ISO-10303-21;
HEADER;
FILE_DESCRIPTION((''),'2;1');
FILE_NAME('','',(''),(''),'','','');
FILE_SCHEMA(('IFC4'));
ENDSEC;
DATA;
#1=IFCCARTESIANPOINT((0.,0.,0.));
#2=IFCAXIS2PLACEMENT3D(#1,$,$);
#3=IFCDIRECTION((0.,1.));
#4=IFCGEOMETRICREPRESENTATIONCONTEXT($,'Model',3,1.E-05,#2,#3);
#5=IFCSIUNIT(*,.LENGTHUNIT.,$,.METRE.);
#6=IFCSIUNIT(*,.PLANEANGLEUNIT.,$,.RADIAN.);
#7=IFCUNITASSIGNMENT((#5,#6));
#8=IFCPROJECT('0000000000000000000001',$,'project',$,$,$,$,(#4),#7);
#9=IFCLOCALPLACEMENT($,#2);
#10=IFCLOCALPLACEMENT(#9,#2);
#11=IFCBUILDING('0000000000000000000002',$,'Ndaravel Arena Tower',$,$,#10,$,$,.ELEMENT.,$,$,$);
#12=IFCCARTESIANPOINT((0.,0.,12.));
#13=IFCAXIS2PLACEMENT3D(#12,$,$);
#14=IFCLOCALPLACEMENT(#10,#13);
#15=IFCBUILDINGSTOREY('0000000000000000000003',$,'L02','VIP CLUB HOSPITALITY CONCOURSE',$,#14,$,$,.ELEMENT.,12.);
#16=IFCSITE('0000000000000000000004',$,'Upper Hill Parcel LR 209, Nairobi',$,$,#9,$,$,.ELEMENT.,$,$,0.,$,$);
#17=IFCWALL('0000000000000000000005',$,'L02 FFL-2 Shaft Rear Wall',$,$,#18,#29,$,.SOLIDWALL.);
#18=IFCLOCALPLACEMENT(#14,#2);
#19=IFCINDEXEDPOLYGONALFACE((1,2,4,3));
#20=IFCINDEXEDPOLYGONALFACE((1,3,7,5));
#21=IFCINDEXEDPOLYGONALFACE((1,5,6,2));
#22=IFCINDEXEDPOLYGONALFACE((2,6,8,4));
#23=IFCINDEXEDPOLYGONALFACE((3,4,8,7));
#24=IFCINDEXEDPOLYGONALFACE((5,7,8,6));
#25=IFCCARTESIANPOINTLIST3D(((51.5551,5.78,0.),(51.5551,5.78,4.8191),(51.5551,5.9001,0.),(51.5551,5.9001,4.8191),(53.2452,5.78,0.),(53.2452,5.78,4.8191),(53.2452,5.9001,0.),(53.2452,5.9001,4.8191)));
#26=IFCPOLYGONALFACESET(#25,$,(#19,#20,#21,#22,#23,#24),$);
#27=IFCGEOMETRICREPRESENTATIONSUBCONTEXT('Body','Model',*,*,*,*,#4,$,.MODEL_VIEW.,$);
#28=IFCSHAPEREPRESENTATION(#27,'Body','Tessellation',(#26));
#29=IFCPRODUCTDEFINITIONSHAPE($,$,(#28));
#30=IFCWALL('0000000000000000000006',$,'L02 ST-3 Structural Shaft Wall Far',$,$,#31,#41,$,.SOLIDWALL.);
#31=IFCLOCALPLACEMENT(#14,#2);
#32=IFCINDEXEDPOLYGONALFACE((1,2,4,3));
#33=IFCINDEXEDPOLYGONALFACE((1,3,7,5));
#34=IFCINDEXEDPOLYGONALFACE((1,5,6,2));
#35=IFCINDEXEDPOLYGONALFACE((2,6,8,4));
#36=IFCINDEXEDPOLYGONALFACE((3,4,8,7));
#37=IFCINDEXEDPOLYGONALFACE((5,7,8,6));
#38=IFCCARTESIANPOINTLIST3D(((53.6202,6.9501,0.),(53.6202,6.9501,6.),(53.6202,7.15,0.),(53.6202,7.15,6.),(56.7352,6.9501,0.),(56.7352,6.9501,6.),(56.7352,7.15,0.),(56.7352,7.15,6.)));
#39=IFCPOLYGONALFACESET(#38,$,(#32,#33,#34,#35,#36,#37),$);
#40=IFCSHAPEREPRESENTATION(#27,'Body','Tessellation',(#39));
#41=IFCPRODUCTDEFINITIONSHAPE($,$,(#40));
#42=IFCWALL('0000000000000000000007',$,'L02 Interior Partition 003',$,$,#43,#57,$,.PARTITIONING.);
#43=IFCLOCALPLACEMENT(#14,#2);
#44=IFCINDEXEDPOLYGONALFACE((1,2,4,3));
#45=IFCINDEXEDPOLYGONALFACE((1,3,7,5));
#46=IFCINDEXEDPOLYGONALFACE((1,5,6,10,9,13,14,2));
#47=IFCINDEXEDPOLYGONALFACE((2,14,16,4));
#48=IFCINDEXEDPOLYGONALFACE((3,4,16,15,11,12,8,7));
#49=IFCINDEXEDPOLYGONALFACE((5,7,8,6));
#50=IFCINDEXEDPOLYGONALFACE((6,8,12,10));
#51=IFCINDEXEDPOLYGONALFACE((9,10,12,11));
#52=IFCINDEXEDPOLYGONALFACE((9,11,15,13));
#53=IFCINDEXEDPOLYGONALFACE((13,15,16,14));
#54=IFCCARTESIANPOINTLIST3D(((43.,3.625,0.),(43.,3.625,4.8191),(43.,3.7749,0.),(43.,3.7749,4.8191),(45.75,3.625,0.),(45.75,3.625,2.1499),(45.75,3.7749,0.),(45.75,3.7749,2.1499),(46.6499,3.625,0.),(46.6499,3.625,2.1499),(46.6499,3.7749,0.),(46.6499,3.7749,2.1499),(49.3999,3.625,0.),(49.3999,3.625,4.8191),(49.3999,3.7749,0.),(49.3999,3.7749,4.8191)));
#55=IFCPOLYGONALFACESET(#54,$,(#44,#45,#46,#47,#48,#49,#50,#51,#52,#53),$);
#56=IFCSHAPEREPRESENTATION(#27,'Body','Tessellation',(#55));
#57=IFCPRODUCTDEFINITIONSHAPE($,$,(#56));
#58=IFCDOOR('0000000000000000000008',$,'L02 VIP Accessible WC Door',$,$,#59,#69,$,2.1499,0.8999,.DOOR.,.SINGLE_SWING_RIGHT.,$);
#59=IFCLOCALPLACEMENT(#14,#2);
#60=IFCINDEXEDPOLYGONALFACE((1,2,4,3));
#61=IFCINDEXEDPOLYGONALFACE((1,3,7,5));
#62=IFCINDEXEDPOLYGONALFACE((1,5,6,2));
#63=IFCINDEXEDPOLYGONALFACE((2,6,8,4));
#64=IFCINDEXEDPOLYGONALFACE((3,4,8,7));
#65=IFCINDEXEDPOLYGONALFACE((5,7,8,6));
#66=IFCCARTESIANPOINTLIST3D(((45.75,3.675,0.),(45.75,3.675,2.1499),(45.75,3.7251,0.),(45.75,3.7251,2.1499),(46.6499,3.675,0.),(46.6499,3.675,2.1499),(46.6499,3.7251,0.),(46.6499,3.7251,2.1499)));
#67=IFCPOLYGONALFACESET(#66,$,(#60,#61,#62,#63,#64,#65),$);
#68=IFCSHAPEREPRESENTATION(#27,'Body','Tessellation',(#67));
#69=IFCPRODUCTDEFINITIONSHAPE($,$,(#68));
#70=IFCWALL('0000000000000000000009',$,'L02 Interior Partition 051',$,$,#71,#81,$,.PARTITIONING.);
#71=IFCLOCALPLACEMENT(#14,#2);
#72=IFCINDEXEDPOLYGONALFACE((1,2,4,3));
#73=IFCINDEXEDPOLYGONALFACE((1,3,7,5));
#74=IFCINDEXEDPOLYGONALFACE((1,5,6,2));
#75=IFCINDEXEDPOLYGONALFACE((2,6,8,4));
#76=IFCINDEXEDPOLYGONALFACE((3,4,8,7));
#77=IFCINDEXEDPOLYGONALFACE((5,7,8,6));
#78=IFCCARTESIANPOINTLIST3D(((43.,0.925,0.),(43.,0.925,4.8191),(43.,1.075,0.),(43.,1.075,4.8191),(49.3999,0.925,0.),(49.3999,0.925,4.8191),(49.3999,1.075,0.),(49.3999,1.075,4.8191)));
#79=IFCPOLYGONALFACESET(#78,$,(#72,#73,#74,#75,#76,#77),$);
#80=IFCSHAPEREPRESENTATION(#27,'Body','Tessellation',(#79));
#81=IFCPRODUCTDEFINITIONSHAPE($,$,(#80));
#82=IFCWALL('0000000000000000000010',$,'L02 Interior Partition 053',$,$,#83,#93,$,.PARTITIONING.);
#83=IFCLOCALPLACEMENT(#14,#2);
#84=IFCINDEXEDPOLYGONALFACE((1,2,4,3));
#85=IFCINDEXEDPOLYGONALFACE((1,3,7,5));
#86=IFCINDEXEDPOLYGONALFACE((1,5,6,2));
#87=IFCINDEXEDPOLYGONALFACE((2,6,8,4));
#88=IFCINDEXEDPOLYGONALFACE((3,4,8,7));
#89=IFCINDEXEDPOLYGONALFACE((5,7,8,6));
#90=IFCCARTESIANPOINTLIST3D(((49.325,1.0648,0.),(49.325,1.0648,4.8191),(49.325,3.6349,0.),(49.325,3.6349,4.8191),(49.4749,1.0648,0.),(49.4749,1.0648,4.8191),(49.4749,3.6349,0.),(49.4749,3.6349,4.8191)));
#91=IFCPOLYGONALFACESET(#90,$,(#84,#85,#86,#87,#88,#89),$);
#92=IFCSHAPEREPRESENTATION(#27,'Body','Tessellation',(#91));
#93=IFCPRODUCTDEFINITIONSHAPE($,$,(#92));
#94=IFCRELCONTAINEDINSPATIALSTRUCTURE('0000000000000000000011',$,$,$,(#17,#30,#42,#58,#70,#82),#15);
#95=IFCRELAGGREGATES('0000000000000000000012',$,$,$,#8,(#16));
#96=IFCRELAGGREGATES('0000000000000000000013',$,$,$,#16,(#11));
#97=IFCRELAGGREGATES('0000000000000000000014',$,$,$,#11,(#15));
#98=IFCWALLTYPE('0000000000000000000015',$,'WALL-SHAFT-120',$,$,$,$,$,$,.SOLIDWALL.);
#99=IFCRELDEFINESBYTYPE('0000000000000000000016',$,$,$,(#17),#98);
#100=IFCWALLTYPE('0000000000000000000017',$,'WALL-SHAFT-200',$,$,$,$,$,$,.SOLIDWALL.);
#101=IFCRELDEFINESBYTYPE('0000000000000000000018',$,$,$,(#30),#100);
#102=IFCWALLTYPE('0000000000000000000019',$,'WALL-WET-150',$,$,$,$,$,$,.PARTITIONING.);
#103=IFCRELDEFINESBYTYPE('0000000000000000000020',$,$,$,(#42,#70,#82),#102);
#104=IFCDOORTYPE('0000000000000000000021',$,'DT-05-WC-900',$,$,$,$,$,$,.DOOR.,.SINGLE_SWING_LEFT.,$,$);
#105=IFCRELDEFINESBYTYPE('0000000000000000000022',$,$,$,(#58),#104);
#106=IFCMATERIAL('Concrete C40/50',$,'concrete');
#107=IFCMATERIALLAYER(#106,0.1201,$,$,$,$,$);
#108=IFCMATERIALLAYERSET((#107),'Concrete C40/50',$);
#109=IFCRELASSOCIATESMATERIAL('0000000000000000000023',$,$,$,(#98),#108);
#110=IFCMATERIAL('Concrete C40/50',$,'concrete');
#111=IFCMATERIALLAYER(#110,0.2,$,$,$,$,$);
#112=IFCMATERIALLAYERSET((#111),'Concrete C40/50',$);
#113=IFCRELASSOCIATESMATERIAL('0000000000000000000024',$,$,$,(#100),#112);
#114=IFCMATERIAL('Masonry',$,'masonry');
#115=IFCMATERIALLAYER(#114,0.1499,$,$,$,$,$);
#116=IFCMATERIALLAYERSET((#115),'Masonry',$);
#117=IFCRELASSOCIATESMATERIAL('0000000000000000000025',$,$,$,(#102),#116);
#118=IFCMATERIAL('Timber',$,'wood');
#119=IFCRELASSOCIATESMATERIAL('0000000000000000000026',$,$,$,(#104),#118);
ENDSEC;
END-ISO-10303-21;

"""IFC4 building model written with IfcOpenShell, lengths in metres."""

from ifc_helpers import new_model, si_unit, direction, frame, frame_2d, origin, place, context, subcontext, project, spatial, rectangle, extrude, material, layer, layer_set, type_object, element, fill, save


model = new_model("IFC4")

# Units and contexts
model_context = context("Model", 3, precision=1e-05, world=origin(), true_north=direction((0.0, 1.0)))
body_context = subcontext(model_context, "Body", "Model", "MODEL_VIEW")
ifc_project = project(units=[si_unit("LENGTHUNIT", "METRE"), si_unit("PLANEANGLEUNIT", "RADIAN")], contexts=[model_context])

# Site, building, storey
site_placement = place(None, origin())
site = spatial("IfcSite", under=ifc_project, at=site_placement, Name="Upper Hill Parcel LR 209, Nairobi", CompositionType="ELEMENT", RefElevation=0.0)
building_placement = place(site_placement, origin())
building = spatial("IfcBuilding", under=site, at=building_placement, Name="Ndaravel Arena Tower", CompositionType="ELEMENT")
storey_placement = place(building_placement, frame((0.0, 0.0, 12.0)))
storey = spatial("IfcBuildingStorey", under=building, at=storey_placement, Name="L02", Description="VIP CLUB HOSPITALITY CONCOURSE", CompositionType="ELEMENT", Elevation=12.0)

# Walls
ifc_material_1 = material(Name="Concrete C40/50", Category="concrete")
ifc_layer_1 = layer(ifc_material_1, 0.1201)
ifc_layer_set_1 = layer_set([ifc_layer_1], Name="Concrete C40/50")
wall_type_1 = type_object("IfcWallType", Name="WALL-SHAFT-120", PredefinedType="SOLIDWALL", material=ifc_layer_set_1)
wall_1_placement = place(storey_placement, frame((51.5549, 5.8401, 0.0), z_axis=(0.0, 0.0, 1.0), x_axis=(1.0, 0.0, 0.0)))
element("IfcWall", 1, at=wall_1_placement, inside=storey, type_object=wall_type_1, Name="L02 FFL-2 Shaft Rear Wall", PredefinedType="SOLIDWALL", context=body_context, shape_type="SweptSolid", body=[
    extrude(rectangle(XDim=1.6902, YDim=0.1201, at=frame_2d((0.8452, 0.0))), origin(), (0.0, 0.0, 1.0), 4.8191),
])
ifc_material_2 = material(Name="Concrete C40/50", Category="concrete")
ifc_layer_2 = layer(ifc_material_2, 0.2)
ifc_layer_set_2 = layer_set([ifc_layer_2], Name="Concrete C40/50")
wall_type_2 = type_object("IfcWallType", Name="WALL-SHAFT-200", PredefinedType="SOLIDWALL", material=ifc_layer_set_2)
wall_2_placement = place(storey_placement, frame((53.6201, 7.05, 0.0), z_axis=(0.0, 0.0, 1.0), x_axis=(1.0, 0.0, 0.0)))
element("IfcWall", 2, at=wall_2_placement, inside=storey, type_object=wall_type_2, Name="L02 ST-3 Structural Shaft Wall Far", PredefinedType="SOLIDWALL", context=body_context, shape_type="SweptSolid", body=[
    extrude(rectangle(XDim=3.115, YDim=0.2, at=frame_2d((1.5576, 0.0))), origin(), (0.0, 0.0, 1.0), 6.0),
])

# Wall, opening, door
ifc_material_3 = material(Name="Masonry", Category="masonry")
ifc_layer_3 = layer(ifc_material_3, 0.1499)
ifc_layer_set_3 = layer_set([ifc_layer_3], Name="Masonry")
wall_type_3 = type_object("IfcWallType", Name="WALL-WET-150", PredefinedType="PARTITIONING", material=ifc_layer_set_3)
wall_3_placement = place(storey_placement, frame((49.3999, 3.7, 0.0), z_axis=(0.0, 0.0, 1.0), x_axis=(-1.0, 0.0, 0.0)))
wall_3 = element("IfcWall", 3, at=wall_3_placement, inside=storey, type_object=wall_type_3, Name="L02 Interior Partition 003", PredefinedType="PARTITIONING", context=body_context, shape_type="SweptSolid", body=[
    extrude(rectangle(XDim=6.3999, YDim=0.1499, at=frame_2d((3.2, 0.0))), origin(), (0.0, 0.0, 1.0), 4.8191),
])
opening_1_placement = place(wall_3_placement, frame((2.75, 0.0, 0.0)))
opening_1 = element("IfcOpeningElement", 4, at=opening_1_placement, cuts=wall_3, PredefinedType="OPENING", context=body_context, shape_type="SweptSolid", body=[
    extrude(rectangle(XDim=0.8999, YDim=2.1499, at=frame_2d((0.45, 1.075))), frame((0.0, 0.075, 0.0), z_axis=(0.0, -1.0, 0.0), x_axis=(1.0, 0.0, 0.0)), (0.0, 0.0, 1.0), 0.1499),
])
ifc_material_4 = material(Name="Timber", Category="wood")
door_type_1 = type_object("IfcDoorType", Name="DT-05-WC-900", OperationType="SINGLE_SWING_LEFT", PredefinedType="DOOR", material=ifc_material_4)
door_1_placement = place(opening_1_placement, origin())
door_1 = element("IfcDoor", 5, at=door_1_placement, inside=storey, type_object=door_type_1, Name="L02 VIP Accessible WC Door", OperationType="SINGLE_SWING_RIGHT", OverallHeight=2.1499, OverallWidth=0.8999, PredefinedType="DOOR", context=body_context, shape_type="SweptSolid", body=[
    extrude(rectangle(XDim=0.8999, YDim=2.1499, at=frame_2d((0.45, 1.075))), frame((0.0, 0.0249, 0.0), z_axis=(0.0, -1.0, 0.0), x_axis=(1.0, 0.0, 0.0)), (0.0, 0.0, 1.0), 0.05),
])
fill(opening_1, door_1)

# Walls
wall_4_placement = place(storey_placement, frame((49.3999, 1.0, 0.0), z_axis=(0.0, 0.0, 1.0), x_axis=(-1.0, 0.0, 0.0)))
element("IfcWall", 6, at=wall_4_placement, inside=storey, type_object=wall_type_3, Name="L02 Interior Partition 051", PredefinedType="PARTITIONING", context=body_context, shape_type="SweptSolid", body=[
    extrude(rectangle(XDim=6.3999, YDim=0.1499, at=frame_2d((3.2, 0.0))), origin(), (0.0, 0.0, 1.0), 4.8191),
])
wall_5_placement = place(storey_placement, frame((49.3999, 3.635, 0.0), z_axis=(0.0, 0.0, 1.0), x_axis=(0.0, -1.0, 0.0)))
element("IfcWall", 7, at=wall_5_placement, inside=storey, type_object=wall_type_3, Name="L02 Interior Partition 053", PredefinedType="PARTITIONING", context=body_context, shape_type="SweptSolid", body=[
    extrude(rectangle(XDim=2.5701, YDim=0.1499, at=frame_2d((1.2852, 0.0))), origin(), (0.0, 0.0, 1.0), 4.8191),
])

save(model, "model.ifc")
